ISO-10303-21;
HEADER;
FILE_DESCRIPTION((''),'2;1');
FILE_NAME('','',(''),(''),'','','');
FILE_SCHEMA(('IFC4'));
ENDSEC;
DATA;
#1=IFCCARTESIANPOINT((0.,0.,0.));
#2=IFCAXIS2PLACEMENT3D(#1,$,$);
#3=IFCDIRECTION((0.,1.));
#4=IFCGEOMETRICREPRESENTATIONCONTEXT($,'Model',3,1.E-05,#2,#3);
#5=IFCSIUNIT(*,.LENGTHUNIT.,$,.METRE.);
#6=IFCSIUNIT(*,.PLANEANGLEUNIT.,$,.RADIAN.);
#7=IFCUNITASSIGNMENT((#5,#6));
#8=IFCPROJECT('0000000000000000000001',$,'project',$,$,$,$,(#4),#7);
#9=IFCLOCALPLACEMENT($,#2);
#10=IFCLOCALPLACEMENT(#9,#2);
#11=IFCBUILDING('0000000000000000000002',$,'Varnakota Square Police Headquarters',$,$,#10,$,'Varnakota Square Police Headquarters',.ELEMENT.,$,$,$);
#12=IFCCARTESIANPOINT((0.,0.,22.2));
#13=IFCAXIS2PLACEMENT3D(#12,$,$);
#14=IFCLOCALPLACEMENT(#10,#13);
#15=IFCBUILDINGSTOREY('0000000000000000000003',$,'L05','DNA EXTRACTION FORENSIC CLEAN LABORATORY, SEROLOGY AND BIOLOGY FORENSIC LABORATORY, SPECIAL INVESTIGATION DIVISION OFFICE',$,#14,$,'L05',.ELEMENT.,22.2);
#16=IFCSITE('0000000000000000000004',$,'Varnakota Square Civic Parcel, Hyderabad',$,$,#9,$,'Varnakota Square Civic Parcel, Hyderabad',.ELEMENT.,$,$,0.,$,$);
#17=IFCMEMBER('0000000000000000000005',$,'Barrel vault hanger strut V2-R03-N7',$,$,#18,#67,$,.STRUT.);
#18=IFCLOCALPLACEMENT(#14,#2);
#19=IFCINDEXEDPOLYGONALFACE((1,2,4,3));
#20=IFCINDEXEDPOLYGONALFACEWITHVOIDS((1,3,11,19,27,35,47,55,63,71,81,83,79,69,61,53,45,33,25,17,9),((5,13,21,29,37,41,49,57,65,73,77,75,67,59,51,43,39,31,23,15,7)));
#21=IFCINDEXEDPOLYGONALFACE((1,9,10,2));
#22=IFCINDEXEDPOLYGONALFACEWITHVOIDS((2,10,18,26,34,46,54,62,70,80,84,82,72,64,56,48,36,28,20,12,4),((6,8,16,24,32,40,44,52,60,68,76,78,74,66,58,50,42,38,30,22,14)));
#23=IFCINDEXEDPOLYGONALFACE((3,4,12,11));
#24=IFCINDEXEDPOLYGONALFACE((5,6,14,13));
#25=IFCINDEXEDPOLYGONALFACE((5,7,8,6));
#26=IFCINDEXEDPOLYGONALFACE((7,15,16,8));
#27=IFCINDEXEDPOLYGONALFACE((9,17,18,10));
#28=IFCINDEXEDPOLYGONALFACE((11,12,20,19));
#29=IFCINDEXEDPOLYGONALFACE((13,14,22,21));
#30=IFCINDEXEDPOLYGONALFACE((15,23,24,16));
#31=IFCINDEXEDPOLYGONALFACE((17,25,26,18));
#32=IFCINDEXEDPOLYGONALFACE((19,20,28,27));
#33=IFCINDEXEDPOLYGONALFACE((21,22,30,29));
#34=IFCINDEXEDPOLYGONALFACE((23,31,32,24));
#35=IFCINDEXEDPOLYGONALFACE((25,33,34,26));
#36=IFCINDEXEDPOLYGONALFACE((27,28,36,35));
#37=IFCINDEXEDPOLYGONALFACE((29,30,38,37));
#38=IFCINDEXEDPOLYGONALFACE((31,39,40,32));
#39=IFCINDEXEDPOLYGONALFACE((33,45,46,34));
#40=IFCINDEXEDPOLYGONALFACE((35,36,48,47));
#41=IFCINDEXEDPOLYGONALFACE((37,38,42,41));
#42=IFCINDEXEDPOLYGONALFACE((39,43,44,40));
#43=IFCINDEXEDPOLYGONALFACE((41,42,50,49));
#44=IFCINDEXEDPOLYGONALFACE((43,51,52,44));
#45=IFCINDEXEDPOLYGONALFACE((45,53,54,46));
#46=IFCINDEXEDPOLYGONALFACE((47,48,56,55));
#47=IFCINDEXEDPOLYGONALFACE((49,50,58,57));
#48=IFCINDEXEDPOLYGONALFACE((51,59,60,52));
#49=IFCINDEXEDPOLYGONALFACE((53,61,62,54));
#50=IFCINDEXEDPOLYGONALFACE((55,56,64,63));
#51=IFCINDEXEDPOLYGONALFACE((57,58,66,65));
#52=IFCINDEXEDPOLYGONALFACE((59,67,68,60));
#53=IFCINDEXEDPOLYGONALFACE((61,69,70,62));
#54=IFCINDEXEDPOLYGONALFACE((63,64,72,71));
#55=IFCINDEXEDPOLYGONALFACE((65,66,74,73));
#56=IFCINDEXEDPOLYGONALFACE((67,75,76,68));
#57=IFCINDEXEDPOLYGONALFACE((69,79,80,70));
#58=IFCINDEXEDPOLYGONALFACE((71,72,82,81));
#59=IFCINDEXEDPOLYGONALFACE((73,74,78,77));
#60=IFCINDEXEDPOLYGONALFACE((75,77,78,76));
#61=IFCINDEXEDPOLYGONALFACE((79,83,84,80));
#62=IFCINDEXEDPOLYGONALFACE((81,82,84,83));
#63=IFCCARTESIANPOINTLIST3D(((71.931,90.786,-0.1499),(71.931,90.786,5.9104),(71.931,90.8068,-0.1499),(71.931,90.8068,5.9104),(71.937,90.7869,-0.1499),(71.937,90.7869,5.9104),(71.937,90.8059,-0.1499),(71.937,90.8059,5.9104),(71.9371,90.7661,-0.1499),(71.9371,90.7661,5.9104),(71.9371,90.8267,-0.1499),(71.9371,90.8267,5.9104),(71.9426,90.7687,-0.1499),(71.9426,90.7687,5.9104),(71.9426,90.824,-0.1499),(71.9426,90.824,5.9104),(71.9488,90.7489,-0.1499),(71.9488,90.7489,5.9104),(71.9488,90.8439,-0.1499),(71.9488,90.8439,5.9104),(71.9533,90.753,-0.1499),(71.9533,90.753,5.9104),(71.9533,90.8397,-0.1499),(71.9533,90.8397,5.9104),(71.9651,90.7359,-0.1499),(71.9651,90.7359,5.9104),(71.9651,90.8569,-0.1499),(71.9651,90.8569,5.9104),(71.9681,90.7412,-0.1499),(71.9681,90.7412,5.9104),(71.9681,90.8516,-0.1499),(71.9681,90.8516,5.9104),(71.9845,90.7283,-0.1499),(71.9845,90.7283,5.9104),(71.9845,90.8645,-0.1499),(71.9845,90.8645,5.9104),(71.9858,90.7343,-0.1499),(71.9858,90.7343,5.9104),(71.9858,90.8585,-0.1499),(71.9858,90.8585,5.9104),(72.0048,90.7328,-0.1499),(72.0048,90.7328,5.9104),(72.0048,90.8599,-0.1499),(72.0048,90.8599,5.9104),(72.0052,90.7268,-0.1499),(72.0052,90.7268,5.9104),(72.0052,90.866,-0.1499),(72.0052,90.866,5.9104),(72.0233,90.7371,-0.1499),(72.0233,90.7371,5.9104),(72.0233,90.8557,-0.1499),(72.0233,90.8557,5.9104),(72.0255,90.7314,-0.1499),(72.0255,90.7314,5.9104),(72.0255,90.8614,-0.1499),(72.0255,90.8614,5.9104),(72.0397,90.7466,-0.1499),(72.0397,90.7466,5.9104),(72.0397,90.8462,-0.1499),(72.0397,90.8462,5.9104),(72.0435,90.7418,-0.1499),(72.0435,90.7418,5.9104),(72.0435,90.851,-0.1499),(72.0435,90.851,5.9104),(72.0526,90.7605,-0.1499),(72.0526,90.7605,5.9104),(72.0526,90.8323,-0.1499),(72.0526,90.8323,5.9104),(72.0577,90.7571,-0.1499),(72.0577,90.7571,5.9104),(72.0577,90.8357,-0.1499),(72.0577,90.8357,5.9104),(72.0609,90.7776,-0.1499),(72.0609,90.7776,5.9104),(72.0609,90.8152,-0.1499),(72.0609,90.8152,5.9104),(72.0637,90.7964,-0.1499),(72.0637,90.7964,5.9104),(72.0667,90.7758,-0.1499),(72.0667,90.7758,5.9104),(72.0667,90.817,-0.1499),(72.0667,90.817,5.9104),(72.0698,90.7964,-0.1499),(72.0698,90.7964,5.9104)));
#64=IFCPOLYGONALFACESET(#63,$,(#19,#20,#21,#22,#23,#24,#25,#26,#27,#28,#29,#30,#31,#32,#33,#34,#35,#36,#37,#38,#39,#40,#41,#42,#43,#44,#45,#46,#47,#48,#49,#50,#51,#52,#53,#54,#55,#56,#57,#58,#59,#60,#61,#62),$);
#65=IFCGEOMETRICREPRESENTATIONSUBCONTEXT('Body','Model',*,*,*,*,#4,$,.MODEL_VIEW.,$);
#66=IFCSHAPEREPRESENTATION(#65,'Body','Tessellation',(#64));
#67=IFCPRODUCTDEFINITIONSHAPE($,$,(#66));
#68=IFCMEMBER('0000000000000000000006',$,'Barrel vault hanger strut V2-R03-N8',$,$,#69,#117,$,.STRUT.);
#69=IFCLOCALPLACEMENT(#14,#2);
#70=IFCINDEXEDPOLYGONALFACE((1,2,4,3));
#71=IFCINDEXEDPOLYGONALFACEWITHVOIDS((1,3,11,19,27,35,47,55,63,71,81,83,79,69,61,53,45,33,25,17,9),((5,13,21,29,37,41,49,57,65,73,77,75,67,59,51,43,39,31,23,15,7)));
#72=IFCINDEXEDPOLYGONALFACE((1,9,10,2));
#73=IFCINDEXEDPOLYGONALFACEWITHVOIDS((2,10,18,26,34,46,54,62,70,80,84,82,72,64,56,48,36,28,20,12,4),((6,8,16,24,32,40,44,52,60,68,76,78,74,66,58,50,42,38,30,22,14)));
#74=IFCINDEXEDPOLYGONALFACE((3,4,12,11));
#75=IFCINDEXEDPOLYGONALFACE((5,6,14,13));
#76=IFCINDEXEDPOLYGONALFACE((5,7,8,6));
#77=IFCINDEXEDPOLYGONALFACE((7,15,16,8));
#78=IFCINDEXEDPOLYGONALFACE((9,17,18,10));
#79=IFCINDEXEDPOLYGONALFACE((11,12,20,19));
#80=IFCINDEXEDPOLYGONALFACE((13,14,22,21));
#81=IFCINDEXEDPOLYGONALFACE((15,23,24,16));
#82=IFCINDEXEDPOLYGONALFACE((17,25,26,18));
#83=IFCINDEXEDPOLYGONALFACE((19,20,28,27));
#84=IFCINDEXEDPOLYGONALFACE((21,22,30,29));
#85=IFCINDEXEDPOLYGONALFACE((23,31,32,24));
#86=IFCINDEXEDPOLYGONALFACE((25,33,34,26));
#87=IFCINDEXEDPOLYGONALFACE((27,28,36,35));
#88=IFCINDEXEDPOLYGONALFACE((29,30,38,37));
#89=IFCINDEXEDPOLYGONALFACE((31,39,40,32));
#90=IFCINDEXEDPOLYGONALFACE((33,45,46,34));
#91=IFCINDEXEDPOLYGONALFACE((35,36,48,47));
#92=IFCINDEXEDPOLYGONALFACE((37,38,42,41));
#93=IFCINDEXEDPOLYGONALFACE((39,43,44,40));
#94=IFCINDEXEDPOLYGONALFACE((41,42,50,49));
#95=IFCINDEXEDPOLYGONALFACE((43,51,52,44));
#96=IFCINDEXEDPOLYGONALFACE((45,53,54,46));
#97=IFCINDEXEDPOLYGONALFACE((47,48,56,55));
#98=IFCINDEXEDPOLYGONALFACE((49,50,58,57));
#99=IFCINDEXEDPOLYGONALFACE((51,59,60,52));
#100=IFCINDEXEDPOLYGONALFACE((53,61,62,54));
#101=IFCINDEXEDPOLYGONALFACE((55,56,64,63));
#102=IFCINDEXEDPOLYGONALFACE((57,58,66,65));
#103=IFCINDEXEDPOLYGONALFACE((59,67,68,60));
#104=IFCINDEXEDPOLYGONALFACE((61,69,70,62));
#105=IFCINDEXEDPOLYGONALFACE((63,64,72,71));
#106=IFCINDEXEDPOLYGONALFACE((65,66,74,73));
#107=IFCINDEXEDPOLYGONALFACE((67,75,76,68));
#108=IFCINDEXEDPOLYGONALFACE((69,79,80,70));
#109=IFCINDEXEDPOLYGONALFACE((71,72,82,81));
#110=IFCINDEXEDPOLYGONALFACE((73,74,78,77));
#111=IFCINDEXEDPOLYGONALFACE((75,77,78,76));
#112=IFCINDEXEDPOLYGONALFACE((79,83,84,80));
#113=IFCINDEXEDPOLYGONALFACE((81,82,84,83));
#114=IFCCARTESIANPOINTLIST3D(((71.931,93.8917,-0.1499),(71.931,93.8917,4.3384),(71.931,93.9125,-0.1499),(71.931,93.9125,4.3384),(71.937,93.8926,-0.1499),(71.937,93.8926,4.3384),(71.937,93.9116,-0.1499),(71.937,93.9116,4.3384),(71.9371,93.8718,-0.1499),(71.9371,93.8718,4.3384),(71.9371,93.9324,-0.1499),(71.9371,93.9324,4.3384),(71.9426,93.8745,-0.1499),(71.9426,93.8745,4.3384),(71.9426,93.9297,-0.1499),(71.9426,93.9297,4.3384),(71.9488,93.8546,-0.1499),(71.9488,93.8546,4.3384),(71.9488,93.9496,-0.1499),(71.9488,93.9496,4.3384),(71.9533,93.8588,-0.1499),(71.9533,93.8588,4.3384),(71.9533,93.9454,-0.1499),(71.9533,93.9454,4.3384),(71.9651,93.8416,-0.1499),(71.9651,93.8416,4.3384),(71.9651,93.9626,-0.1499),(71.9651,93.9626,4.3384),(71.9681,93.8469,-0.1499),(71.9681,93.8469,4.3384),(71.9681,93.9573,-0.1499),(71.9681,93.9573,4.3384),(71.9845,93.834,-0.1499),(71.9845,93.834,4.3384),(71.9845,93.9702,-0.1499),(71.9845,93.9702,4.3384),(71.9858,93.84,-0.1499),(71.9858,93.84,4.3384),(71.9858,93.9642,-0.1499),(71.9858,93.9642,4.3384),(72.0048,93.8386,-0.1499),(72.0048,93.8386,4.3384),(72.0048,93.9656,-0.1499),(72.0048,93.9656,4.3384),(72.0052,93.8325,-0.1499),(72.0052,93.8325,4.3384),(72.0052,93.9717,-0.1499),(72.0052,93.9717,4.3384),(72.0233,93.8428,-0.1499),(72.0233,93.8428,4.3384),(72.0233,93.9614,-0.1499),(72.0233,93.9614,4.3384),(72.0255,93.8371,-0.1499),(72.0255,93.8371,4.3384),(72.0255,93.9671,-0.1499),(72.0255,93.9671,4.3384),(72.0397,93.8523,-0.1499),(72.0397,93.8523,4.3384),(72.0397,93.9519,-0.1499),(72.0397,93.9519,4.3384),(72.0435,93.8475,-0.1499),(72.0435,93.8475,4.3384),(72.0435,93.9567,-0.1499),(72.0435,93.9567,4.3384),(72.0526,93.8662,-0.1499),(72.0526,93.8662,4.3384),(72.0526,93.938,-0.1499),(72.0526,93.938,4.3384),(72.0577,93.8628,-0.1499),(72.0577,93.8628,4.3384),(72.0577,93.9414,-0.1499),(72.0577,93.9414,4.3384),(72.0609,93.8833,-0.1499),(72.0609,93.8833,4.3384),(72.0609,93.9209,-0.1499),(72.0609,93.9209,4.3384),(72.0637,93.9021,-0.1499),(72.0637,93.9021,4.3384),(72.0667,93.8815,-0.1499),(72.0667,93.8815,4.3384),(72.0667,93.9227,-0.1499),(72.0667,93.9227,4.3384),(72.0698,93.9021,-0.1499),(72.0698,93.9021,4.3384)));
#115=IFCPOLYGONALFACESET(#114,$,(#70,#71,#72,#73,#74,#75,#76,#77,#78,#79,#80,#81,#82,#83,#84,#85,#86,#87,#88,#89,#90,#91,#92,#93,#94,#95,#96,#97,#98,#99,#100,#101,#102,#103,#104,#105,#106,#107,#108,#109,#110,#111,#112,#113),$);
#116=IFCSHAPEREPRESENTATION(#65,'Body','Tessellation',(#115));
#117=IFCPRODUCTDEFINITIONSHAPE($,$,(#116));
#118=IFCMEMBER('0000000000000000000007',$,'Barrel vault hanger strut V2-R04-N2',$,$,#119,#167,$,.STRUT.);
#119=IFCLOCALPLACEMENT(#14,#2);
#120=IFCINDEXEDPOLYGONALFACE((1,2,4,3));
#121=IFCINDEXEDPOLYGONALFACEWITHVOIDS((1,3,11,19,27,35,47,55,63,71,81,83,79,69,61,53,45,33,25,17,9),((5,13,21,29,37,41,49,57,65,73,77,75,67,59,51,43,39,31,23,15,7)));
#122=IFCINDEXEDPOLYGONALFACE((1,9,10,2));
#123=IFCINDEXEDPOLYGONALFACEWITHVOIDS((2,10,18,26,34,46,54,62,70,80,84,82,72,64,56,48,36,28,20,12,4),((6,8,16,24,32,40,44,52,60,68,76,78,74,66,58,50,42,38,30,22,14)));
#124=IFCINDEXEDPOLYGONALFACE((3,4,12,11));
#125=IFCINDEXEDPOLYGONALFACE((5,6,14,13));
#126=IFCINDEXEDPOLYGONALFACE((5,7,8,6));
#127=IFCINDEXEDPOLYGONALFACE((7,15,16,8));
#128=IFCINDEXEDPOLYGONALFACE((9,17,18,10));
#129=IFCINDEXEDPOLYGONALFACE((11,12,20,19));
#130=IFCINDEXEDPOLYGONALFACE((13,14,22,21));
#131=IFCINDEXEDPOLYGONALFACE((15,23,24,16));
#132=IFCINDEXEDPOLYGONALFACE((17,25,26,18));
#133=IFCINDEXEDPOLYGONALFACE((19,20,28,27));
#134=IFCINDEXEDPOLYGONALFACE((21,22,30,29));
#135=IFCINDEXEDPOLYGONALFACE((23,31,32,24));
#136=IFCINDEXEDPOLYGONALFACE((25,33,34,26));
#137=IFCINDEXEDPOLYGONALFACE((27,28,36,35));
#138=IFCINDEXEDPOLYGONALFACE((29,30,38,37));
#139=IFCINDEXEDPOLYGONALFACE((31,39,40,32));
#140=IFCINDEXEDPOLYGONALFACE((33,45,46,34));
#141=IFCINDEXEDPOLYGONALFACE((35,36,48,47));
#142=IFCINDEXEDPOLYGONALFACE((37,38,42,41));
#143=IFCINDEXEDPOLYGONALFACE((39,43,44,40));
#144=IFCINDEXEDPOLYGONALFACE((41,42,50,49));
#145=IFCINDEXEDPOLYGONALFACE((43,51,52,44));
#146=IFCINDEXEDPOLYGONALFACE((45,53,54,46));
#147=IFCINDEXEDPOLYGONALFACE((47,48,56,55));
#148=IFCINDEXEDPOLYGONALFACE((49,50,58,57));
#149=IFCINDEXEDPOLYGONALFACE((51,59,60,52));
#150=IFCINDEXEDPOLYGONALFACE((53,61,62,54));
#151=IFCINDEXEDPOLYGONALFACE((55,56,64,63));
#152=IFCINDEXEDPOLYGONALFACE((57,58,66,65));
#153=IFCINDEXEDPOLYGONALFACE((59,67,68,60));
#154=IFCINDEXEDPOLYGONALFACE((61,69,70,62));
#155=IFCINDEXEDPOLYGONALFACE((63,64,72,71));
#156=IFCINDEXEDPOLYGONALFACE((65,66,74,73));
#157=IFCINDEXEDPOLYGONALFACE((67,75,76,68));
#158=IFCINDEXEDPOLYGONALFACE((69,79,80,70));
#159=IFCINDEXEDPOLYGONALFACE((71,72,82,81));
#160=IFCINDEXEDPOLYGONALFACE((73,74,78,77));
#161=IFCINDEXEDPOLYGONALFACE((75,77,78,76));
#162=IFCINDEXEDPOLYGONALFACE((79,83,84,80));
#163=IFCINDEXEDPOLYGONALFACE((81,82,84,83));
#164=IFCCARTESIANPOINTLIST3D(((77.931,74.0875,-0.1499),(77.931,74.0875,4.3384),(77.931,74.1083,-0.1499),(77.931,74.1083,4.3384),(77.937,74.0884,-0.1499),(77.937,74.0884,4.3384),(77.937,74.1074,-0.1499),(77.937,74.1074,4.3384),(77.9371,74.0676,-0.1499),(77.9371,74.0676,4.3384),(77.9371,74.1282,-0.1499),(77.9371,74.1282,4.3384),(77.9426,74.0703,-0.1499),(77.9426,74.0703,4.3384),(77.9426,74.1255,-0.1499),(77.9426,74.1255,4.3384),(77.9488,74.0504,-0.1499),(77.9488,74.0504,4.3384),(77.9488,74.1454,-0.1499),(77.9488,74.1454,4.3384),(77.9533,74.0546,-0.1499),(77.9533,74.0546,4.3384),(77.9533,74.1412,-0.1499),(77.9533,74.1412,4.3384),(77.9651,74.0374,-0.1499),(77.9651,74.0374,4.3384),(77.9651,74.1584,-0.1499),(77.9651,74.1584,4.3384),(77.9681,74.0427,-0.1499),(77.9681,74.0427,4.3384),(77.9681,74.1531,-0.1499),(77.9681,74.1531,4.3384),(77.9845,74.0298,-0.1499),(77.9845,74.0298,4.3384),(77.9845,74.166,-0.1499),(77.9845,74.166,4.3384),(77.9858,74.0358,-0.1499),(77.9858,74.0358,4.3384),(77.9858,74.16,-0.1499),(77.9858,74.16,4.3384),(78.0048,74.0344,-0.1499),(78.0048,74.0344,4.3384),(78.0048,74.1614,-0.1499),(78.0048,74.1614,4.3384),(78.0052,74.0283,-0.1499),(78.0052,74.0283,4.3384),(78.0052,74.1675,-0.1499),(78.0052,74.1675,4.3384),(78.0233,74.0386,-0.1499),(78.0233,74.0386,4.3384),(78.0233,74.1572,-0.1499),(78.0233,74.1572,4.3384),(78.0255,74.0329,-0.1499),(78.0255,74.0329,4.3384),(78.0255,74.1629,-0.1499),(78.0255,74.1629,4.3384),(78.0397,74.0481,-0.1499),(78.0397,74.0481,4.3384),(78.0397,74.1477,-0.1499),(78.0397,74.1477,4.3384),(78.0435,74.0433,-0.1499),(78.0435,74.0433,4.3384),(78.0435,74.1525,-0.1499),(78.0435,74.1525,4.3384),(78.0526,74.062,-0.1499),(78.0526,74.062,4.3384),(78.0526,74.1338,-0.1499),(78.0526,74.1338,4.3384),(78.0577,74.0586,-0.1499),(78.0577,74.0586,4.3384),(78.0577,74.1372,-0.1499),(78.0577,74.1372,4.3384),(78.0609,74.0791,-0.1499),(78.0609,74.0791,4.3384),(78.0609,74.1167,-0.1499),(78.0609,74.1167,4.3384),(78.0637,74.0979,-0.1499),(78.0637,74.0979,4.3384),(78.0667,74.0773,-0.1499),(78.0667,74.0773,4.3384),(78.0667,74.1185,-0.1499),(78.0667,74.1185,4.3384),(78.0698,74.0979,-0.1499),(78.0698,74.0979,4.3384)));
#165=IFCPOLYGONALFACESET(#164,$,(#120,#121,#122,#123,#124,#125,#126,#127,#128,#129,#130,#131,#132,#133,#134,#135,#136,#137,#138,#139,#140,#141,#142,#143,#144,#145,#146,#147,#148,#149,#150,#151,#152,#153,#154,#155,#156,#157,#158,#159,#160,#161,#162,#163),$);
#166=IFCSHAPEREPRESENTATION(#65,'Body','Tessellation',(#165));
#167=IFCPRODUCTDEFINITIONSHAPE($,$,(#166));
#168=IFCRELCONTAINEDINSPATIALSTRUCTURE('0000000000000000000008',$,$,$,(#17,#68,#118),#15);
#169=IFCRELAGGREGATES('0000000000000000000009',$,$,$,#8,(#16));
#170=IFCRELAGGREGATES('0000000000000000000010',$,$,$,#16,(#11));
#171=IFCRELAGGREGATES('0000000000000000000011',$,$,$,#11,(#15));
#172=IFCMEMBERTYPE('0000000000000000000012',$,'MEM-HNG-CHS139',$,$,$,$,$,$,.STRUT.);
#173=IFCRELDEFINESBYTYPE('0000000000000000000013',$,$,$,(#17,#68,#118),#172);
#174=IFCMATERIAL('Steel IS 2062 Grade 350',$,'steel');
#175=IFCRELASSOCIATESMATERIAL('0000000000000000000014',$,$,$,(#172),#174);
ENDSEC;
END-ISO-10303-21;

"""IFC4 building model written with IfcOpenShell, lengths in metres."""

from ifc_helpers import new_model, si_unit, direction, frame, origin, origin_2d, place, context, subcontext, project, spatial, hollow_circle, extrude, material, material_profile, profile_set, type_object, element, save


model = new_model("IFC4")

# Units and contexts
model_context = context("Model", 3, precision=1e-05, world=origin(), true_north=direction((0.0, 1.0)))
body_context = subcontext(model_context, "Body", "Model", "MODEL_VIEW")
ifc_project = project(units=[si_unit("LENGTHUNIT", "METRE"), si_unit("PLANEANGLEUNIT", "RADIAN")], contexts=[model_context])

# Site, building, storey
site_placement = place(None, origin())
site = spatial("IfcSite", under=ifc_project, at=site_placement, Name="Varnakota Square Civic Parcel, Hyderabad", LongName="Varnakota Square Civic Parcel, Hyderabad", CompositionType="ELEMENT", RefElevation=0.0)
building_placement = place(site_placement, origin())
building = spatial("IfcBuilding", under=site, at=building_placement, Name="Varnakota Square Police Headquarters", LongName="Varnakota Square Police Headquarters", CompositionType="ELEMENT")
storey_placement = place(building_placement, frame((0.0, 0.0, 22.2)))
storey = spatial("IfcBuildingStorey", under=building, at=storey_placement, Name="L05", Description="DNA EXTRACTION FORENSIC CLEAN LABORATORY, SEROLOGY AND BIOLOGY FORENSIC LABORATORY, SPECIAL INVESTIGATION DIVISION OFFICE", LongName="L05", CompositionType="ELEMENT", Elevation=22.2)

# Shared definitions
ifc_material_1 = material(Name="Steel IS 2062 Grade 350", Category="steel")

# Members
ifc_material_profile_1 = material_profile(ifc_material_1, hollow_circle(Radius=0.0698, WallThickness=0.0061, at=origin_2d()), Name="CHS 139.7x6.0")
ifc_profile_set_1 = profile_set([ifc_material_profile_1], Name="Steel IS 2062 Grade 350")
member_type = type_object("IfcMemberType", Name="MEM-HNG-CHS139", PredefinedType="STRUT", material=ifc_profile_set_1)
member_1_placement = place(storey_placement, frame((72.0, 90.7964, -0.1499), z_axis=(0.0, 0.0, 1.0), x_axis=(1.0, 0.0, 0.0)))
element("IfcMember", 1, at=member_1_placement, inside=storey, type_object=member_type, Name="Barrel vault hanger strut V2-R03-N7", PredefinedType="STRUT", context=body_context, shape_type="SweptSolid", body=[
    extrude(hollow_circle(Radius=0.0698, WallThickness=0.0061, at=origin_2d()), origin(), (0.0, 0.0, 1.0), 6.0603),
])
for number, where, z_axis, x_axis, name in (
    (2, (72.0, 93.9021, -0.1499), (0.0, 0.0, 1.0), (1.0, 0.0, 0.0), "Barrel vault hanger strut V2-R03-N8"),
    (3, (78.0, 74.0979, -0.1499), (0.0, 0.0, 1.0), (1.0, 0.0, 0.0), "Barrel vault hanger strut V2-R04-N2"),
):
    element("IfcMember", number, at=place(storey_placement, frame(where, z_axis=z_axis, x_axis=x_axis)), inside=storey, type_object=member_type, Name=name, PredefinedType="STRUT", context=body_context, shape_type="SweptSolid", body=[
        extrude(hollow_circle(Radius=0.0698, WallThickness=0.0061, at=origin_2d()), origin(), (0.0, 0.0, 1.0), 4.4883),
    ])

save(model, "model.ifc")
